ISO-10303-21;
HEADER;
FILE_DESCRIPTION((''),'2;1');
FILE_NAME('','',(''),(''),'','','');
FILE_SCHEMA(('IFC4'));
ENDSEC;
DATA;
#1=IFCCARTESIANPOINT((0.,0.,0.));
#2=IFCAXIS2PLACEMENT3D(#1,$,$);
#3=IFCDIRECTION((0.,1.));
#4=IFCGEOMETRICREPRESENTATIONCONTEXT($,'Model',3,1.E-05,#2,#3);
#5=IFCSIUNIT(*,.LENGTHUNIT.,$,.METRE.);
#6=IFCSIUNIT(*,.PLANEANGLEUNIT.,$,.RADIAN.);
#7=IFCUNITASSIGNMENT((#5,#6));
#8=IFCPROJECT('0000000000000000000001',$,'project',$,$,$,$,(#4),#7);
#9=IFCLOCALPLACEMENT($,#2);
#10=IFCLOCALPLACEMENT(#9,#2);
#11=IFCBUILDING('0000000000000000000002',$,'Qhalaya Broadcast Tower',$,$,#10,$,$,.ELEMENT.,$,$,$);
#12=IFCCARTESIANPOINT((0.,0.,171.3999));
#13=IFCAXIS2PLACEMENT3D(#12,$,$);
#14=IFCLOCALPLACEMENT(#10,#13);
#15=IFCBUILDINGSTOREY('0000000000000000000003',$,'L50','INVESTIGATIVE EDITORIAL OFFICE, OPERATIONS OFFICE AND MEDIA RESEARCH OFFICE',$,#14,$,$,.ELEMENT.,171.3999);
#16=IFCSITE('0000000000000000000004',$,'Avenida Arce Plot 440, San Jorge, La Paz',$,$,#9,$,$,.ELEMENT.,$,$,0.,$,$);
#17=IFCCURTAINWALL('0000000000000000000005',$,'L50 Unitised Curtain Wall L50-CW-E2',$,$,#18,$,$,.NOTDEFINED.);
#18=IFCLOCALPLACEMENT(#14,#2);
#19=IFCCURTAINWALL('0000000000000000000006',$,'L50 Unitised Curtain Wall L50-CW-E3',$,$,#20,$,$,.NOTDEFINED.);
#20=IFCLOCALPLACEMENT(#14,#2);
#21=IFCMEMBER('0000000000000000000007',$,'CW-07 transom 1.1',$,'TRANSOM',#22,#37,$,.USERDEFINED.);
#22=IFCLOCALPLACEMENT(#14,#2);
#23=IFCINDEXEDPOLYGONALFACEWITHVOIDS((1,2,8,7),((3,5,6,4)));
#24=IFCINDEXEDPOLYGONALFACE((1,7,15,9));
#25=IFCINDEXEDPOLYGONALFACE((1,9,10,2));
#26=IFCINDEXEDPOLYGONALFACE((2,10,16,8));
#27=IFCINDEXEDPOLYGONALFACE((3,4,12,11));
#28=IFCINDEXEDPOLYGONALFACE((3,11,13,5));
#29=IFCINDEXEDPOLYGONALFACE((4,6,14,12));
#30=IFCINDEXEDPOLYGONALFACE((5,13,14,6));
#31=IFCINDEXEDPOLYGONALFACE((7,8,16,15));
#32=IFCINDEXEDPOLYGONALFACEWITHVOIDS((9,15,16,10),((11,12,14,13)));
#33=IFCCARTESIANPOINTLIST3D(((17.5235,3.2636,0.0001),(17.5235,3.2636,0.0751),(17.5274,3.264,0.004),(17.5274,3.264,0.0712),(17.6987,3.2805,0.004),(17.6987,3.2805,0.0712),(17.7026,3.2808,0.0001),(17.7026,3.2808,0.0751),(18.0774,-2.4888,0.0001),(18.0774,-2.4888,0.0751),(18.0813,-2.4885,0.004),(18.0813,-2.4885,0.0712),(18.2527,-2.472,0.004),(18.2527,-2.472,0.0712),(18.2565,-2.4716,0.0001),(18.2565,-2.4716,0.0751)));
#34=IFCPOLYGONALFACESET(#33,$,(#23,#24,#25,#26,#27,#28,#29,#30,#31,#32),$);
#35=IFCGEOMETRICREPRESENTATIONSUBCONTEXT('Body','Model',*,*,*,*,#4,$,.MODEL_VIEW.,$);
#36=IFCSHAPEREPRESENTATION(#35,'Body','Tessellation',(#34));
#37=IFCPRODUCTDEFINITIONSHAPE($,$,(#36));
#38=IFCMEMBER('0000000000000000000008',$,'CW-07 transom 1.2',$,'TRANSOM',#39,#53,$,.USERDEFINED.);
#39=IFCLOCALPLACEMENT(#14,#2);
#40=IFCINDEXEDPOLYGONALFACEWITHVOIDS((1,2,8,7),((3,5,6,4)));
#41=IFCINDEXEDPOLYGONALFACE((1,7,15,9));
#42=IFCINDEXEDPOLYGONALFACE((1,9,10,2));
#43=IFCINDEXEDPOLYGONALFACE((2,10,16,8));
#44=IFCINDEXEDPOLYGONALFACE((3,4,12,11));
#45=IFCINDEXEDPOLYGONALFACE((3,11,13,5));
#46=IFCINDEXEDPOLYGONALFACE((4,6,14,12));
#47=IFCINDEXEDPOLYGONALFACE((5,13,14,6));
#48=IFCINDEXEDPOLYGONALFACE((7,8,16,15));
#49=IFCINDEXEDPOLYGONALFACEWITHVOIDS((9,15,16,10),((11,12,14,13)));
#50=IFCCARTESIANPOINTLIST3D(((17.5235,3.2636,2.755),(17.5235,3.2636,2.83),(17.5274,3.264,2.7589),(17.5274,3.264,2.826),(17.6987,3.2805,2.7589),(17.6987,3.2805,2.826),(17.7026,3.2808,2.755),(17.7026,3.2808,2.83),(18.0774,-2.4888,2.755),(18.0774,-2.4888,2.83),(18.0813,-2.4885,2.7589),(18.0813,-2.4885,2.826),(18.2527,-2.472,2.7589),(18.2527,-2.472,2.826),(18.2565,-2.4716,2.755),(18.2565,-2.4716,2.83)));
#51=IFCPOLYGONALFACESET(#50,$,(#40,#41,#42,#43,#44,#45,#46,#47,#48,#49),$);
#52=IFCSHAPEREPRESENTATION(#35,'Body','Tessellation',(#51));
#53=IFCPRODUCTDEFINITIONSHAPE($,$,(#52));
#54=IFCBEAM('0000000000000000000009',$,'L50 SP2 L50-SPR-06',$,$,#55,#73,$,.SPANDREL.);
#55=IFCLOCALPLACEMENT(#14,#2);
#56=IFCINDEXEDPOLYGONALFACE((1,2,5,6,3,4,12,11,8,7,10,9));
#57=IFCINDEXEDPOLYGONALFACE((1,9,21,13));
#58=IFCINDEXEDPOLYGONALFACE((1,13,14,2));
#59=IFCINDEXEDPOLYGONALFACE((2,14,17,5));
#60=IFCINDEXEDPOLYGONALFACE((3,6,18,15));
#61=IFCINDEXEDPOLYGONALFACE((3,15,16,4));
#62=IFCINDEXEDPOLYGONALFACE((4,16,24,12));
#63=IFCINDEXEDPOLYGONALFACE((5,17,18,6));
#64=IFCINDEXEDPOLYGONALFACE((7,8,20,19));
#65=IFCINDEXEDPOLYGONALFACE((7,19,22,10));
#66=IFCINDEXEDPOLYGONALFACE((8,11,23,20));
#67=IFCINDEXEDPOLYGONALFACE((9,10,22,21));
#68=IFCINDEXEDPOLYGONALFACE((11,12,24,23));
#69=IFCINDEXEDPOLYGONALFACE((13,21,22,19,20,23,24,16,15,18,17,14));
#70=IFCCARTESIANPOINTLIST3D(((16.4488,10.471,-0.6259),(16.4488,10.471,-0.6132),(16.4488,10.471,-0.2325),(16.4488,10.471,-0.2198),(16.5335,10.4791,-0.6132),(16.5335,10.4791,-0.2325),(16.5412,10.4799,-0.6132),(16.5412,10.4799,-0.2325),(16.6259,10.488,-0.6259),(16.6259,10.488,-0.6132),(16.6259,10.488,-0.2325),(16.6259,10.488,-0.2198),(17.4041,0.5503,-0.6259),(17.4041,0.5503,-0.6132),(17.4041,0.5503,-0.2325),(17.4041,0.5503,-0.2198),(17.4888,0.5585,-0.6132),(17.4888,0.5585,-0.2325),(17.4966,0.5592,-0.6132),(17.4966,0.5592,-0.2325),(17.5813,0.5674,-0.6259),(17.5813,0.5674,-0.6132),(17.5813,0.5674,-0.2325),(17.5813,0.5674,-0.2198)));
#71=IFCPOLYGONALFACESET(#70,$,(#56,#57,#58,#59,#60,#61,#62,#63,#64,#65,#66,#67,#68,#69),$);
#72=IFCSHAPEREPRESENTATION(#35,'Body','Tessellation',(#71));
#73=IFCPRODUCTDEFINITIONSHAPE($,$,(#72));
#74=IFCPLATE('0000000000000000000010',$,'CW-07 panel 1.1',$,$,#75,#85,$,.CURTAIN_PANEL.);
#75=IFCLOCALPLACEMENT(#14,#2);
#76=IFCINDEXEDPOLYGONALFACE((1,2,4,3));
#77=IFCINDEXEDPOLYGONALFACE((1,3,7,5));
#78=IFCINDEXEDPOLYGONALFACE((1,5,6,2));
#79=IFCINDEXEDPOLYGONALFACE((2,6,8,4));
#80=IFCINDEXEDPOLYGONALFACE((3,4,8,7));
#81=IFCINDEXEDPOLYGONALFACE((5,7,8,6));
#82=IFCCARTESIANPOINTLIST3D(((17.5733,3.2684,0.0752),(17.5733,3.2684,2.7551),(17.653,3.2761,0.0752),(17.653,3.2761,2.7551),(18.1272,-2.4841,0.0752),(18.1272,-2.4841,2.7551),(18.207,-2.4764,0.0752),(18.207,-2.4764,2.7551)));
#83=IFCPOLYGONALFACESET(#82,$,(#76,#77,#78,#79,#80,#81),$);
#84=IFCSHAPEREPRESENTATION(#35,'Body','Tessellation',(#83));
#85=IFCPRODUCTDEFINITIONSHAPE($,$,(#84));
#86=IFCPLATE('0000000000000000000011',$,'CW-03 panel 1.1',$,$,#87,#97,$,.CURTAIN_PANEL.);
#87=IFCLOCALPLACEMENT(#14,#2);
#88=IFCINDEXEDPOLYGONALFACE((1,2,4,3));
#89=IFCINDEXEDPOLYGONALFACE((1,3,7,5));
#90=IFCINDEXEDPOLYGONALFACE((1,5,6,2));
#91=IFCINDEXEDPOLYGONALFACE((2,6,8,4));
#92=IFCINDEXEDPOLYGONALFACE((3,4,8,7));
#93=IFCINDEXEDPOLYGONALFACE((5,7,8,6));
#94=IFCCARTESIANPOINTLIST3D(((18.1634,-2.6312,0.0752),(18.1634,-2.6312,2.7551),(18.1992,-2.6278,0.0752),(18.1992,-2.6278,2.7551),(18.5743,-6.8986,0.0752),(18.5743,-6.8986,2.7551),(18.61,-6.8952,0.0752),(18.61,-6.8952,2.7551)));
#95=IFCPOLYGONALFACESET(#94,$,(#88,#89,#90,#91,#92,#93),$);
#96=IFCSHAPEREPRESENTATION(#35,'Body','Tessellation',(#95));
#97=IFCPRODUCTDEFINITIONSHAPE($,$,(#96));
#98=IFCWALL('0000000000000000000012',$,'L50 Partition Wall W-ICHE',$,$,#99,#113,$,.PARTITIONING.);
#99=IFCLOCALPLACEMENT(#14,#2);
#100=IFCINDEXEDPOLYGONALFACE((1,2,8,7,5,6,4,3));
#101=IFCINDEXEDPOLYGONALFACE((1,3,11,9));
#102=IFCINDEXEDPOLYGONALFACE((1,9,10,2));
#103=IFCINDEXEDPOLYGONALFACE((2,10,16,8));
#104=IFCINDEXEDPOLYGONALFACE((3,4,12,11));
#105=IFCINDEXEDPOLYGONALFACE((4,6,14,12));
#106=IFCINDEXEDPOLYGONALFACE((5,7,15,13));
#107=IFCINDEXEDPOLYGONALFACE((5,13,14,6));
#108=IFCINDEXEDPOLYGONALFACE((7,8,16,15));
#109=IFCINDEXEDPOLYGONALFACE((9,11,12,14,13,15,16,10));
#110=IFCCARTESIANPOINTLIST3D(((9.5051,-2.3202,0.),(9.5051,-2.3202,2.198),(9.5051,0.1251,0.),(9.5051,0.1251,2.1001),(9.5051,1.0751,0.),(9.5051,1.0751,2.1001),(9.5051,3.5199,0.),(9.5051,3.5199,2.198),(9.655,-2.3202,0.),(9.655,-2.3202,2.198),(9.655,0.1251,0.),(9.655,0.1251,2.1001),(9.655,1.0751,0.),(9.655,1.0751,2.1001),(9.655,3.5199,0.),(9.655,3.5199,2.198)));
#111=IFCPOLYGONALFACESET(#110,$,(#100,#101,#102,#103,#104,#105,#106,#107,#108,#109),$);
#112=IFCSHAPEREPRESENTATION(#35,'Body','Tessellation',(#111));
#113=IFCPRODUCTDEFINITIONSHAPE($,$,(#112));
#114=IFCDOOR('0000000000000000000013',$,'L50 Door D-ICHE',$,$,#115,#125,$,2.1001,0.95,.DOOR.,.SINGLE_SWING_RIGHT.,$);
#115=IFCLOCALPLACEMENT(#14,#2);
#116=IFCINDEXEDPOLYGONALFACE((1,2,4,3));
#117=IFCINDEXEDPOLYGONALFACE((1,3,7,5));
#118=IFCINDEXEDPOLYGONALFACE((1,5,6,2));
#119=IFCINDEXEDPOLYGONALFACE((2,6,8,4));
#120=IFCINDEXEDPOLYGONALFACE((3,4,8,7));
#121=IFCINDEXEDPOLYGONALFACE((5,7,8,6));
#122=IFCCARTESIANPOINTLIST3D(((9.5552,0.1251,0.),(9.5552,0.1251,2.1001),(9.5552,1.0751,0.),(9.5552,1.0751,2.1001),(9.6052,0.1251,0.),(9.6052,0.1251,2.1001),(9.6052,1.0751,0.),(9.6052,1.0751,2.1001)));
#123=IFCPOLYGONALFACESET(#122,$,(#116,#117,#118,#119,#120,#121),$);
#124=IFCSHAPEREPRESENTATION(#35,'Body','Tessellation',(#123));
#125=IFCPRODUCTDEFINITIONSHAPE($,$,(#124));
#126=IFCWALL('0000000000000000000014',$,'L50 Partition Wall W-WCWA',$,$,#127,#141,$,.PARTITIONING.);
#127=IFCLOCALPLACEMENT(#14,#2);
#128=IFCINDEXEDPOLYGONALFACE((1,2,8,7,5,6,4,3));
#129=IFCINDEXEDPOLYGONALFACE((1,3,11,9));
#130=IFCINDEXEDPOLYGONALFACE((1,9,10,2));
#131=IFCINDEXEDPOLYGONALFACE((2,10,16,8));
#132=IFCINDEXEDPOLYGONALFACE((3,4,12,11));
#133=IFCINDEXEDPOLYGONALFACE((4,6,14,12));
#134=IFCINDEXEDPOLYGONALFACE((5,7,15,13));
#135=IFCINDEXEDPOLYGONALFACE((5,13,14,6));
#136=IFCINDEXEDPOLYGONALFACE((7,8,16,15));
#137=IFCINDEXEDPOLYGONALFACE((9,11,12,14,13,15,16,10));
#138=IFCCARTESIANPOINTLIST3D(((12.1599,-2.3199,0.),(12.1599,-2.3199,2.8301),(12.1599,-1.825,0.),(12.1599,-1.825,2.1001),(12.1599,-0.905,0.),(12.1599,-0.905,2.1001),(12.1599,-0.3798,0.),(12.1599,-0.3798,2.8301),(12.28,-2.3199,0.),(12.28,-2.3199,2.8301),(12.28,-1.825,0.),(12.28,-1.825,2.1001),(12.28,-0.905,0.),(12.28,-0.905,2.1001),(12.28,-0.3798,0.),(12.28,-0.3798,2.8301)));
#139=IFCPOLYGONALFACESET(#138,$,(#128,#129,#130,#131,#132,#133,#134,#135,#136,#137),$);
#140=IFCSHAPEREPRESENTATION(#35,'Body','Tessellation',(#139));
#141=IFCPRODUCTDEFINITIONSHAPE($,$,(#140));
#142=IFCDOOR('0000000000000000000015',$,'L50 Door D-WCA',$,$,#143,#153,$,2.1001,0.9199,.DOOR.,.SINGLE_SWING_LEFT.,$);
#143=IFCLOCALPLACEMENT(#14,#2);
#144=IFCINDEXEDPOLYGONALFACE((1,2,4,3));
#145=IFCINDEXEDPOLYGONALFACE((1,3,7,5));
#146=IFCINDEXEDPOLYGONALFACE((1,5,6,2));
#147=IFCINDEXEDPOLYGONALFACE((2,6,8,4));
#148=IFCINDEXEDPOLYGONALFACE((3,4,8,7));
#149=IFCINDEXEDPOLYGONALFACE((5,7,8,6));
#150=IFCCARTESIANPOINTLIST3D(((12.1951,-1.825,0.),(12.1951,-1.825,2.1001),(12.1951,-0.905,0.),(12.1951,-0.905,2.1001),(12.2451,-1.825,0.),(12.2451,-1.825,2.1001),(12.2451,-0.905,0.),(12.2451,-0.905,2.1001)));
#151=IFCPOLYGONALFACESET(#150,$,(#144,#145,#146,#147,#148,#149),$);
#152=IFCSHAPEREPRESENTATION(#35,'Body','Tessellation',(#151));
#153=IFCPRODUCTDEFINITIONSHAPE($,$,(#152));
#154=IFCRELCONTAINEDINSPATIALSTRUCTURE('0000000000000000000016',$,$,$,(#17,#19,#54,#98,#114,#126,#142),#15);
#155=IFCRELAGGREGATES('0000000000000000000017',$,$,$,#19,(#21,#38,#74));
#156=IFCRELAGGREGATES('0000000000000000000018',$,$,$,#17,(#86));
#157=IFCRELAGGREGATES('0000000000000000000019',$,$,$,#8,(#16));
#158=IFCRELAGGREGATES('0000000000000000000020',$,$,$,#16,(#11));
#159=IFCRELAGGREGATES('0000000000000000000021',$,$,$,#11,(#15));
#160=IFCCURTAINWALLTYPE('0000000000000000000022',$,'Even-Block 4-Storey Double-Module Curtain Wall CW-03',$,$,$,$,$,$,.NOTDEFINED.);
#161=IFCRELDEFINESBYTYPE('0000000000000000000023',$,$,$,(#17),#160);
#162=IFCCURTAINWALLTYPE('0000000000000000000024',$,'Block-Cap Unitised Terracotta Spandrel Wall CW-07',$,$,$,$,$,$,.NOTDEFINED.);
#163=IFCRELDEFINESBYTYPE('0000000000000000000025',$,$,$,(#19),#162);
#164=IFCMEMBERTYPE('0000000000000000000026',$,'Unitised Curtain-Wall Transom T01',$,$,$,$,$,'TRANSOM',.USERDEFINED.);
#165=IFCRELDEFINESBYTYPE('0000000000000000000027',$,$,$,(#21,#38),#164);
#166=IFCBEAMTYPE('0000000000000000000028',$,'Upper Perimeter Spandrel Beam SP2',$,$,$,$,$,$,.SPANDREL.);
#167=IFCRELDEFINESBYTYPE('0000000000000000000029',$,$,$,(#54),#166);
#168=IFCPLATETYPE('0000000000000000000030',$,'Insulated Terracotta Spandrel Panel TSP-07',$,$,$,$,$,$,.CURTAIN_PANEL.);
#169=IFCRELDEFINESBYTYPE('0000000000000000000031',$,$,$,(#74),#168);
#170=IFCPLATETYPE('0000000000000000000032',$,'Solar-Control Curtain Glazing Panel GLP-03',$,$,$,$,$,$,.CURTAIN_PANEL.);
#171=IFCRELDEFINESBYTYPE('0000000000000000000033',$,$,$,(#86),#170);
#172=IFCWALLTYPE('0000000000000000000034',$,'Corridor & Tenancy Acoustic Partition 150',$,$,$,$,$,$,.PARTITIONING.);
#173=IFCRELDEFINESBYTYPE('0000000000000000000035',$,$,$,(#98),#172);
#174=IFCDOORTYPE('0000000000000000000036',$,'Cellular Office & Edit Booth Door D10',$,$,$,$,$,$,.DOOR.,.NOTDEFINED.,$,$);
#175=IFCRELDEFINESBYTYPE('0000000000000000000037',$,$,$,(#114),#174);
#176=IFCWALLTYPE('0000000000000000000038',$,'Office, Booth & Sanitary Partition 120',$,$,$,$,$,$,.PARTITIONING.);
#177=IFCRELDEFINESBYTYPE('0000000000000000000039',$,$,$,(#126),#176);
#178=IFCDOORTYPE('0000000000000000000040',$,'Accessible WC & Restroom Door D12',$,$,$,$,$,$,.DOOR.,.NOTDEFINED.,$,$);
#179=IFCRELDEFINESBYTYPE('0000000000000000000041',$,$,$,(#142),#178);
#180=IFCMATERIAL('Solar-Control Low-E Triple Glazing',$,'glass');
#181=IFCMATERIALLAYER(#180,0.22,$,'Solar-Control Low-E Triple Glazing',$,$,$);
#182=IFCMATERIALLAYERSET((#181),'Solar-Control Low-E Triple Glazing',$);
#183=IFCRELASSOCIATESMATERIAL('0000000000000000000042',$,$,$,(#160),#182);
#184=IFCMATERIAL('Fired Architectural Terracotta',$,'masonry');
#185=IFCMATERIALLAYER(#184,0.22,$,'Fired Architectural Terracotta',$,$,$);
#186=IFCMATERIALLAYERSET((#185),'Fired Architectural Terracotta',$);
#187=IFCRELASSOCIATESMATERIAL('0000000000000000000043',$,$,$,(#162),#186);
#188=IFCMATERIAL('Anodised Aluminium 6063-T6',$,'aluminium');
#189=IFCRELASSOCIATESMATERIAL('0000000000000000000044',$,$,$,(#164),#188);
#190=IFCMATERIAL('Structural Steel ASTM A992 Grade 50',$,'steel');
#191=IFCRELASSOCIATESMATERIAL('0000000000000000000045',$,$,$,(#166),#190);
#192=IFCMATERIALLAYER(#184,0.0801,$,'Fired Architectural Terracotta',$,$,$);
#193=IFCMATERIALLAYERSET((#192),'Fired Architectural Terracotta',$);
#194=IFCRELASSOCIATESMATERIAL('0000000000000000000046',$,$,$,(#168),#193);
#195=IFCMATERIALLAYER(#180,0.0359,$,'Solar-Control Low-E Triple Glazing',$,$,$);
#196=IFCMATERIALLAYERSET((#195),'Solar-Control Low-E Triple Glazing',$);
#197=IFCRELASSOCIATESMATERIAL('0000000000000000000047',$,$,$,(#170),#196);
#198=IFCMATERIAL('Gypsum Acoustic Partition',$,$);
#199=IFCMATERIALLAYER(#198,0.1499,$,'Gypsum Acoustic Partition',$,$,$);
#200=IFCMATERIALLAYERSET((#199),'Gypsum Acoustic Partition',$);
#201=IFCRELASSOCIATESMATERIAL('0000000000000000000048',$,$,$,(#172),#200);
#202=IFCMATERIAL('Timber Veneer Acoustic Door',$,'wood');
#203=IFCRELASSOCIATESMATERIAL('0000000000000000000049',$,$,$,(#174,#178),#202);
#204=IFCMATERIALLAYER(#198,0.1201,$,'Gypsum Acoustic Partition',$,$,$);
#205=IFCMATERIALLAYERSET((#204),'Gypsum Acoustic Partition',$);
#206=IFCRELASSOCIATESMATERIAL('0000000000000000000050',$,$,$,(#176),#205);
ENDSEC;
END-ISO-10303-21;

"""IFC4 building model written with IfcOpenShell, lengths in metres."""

from ifc_helpers import new_model, si_unit, direction, frame, frame_2d, origin, origin_2d, place, context, subcontext, project, spatial, rectangle, hollow_rectangle, i_section, extrude, material, layer, layer_set, material_profile, profile_set, type_object, element, fill, aggregate, save


model = new_model("IFC4")

# Units and contexts
model_context = context("Model", 3, precision=1e-05, world=origin(), true_north=direction((0.0, 1.0)))
body_context = subcontext(model_context, "Body", "Model", "MODEL_VIEW")
ifc_project = project(units=[si_unit("LENGTHUNIT", "METRE"), si_unit("PLANEANGLEUNIT", "RADIAN")], contexts=[model_context])

# Site, building, storey
site_placement = place(None, origin())
site = spatial("IfcSite", under=ifc_project, at=site_placement, Name="Avenida Arce Plot 440, San Jorge, La Paz", CompositionType="ELEMENT", RefElevation=0.0)
building_placement = place(site_placement, origin())
building = spatial("IfcBuilding", under=site, at=building_placement, Name="Qhalaya Broadcast Tower", CompositionType="ELEMENT")
storey_placement = place(building_placement, frame((0.0, 0.0, 171.3999)))
storey = spatial("IfcBuildingStorey", under=building, at=storey_placement, Name="L50", Description="INVESTIGATIVE EDITORIAL OFFICE, OPERATIONS OFFICE AND MEDIA RESEARCH OFFICE", CompositionType="ELEMENT", Elevation=171.3999)

# Shared definitions
ifc_material_1 = material(Name="Structural Steel ASTM A992 Grade 50", Category="steel")

# Curtain walls
ifc_material_2 = material(Name="Solar-Control Low-E Triple Glazing", Category="glass")
ifc_layer_1 = layer(ifc_material_2, 0.22, Name="Solar-Control Low-E Triple Glazing")
ifc_layer_set_1 = layer_set([ifc_layer_1], Name="Solar-Control Low-E Triple Glazing")
curtain_wall_type_1 = type_object("IfcCurtainWallType", Name="Even-Block 4-Storey Double-Module Curtain Wall CW-03", PredefinedType="NOTDEFINED", material=ifc_layer_set_1)
curtain_wall_1_placement = place(storey_placement, origin())
curtain_wall_1 = element("IfcCurtainWall", 1, at=curtain_wall_1_placement, inside=storey, type_object=curtain_wall_type_1, Name="L50 Unitised Curtain Wall L50-CW-E2", PredefinedType="NOTDEFINED")
ifc_material_3 = material(Name="Anodised Aluminium 6063-T6", Category="aluminium")
ifc_material_4 = material(Name="Fired Architectural Terracotta", Category="masonry")
ifc_layer_2 = layer(ifc_material_4, 0.22, Name="Fired Architectural Terracotta")
ifc_layer_set_2 = layer_set([ifc_layer_2], Name="Fired Architectural Terracotta")
curtain_wall_type_2 = type_object("IfcCurtainWallType", Name="Block-Cap Unitised Terracotta Spandrel Wall CW-07", PredefinedType="NOTDEFINED", material=ifc_layer_set_2)
curtain_wall_2_placement = place(storey_placement, origin())
curtain_wall_2 = element("IfcCurtainWall", 2, at=curtain_wall_2_placement, inside=storey, type_object=curtain_wall_type_2, Name="L50 Unitised Curtain Wall L50-CW-E3", PredefinedType="NOTDEFINED")

# Members
ifc_material_profile_1 = material_profile(ifc_material_3, hollow_rectangle(XDim=0.075, YDim=0.1799, WallThickness=0.0039, at=origin_2d()), Name="ALU-TRN 75x180x4")
ifc_profile_set_1 = profile_set([ifc_material_profile_1], Name="Anodised Aluminium 6063-T6")
member_type_1 = type_object("IfcMemberType", Name="Unitised Curtain-Wall Transom T01", ElementType="TRANSOM", PredefinedType="USERDEFINED", material=ifc_profile_set_1)
member_1_placement = place(storey_placement, frame((18.167, -2.4802, 0.0376), z_axis=(-0.095856, 0.995395, 0.0), x_axis=(0.0, 0.0, 1.0)))
member_1 = element("IfcMember", 3, at=member_1_placement, type_object=member_type_1, Name="CW-07 transom 1.1", ObjectType="TRANSOM", PredefinedType="USERDEFINED", context=body_context, shape_type="SweptSolid", body=[
    extrude(hollow_rectangle(XDim=0.075, YDim=0.1799, WallThickness=0.0039, at=origin_2d()), origin(), (0.0, 0.0, 1.0), 5.7791),
])
member_2_placement = place(storey_placement, frame((18.167, -2.4802, 2.7925), z_axis=(-0.095856, 0.995395, 0.0), x_axis=(0.0, 0.0, 1.0)))
member_2 = element("IfcMember", 4, at=member_2_placement, type_object=member_type_1, Name="CW-07 transom 1.2", ObjectType="TRANSOM", PredefinedType="USERDEFINED", context=body_context, shape_type="SweptSolid", body=[
    extrude(hollow_rectangle(XDim=0.075, YDim=0.1799, WallThickness=0.0039, at=origin_2d()), origin(), (0.0, 0.0, 1.0), 5.7791),
])

# Beam
ifc_material_profile_2 = material_profile(ifc_material_1, i_section(OverallWidth=0.178, OverallDepth=0.406, WebThickness=0.0078, FlangeThickness=0.0127, at=origin_2d()), Name="W16X40")
ifc_profile_set_2 = profile_set([ifc_material_profile_2], Name="Structural Steel ASTM A992 Grade 50")
beam_type_1 = type_object("IfcBeamType", Name="Upper Perimeter Spandrel Beam SP2", PredefinedType="SPANDREL", material=ifc_profile_set_2)
beam_1_placement = place(storey_placement, frame((17.4927, 0.5588, -0.4229), z_axis=(-0.095853, 0.995396, 0.0), x_axis=(-0.995396, -0.095853, 0.0)))
element("IfcBeam", 5, at=beam_1_placement, inside=storey, type_object=beam_type_1, Name="L50 SP2 L50-SPR-06", PredefinedType="SPANDREL", context=body_context, shape_type="SweptSolid", body=[
    extrude(i_section(OverallWidth=0.178, OverallDepth=0.406, WebThickness=0.0078, FlangeThickness=0.0127, at=origin_2d()), origin(), (0.0, 0.0, 1.0), 9.9666),
])

# Plates
ifc_layer_3 = layer(ifc_material_4, 0.0801, Name="Fired Architectural Terracotta")
ifc_layer_set_3 = layer_set([ifc_layer_3], Name="Fired Architectural Terracotta")
plate_type_1 = type_object("IfcPlateType", Name="Insulated Terracotta Spandrel Panel TSP-07", PredefinedType="CURTAIN_PANEL", material=ifc_layer_set_3)
plate_1_placement = place(storey_placement, frame((17.8901, 0.396, 0.0752), z_axis=(0.0, 0.0, 1.0), x_axis=(-0.095851, 0.995396, 0.0)))
plate_1 = element("IfcPlate", 6, at=plate_1_placement, type_object=plate_type_1, Name="CW-07 panel 1.1", PredefinedType="CURTAIN_PANEL", context=body_context, shape_type="SweptSolid", body=[
    extrude(rectangle(XDim=5.7791, YDim=0.0801, at=origin_2d()), origin(), (0.0, 0.0, 1.0), 2.6799),
])
aggregate(curtain_wall_2, [member_1, member_2, plate_1])
ifc_layer_4 = layer(ifc_material_2, 0.0359, Name="Solar-Control Low-E Triple Glazing")
ifc_layer_set_4 = layer_set([ifc_layer_4], Name="Solar-Control Low-E Triple Glazing")
plate_type_2 = type_object("IfcPlateType", Name="Solar-Control Curtain Glazing Panel GLP-03", PredefinedType="CURTAIN_PANEL", material=ifc_layer_set_4)
plate_2_placement = place(storey_placement, frame((18.3867, -4.7632, 0.0752), z_axis=(0.0, 0.0, 1.0), x_axis=(-0.09583, 0.995398, 0.0)))
plate_2 = element("IfcPlate", 7, at=plate_2_placement, type_object=plate_type_2, Name="CW-03 panel 1.1", PredefinedType="CURTAIN_PANEL", context=body_context, shape_type="SweptSolid", body=[
    extrude(rectangle(XDim=4.2871, YDim=0.0359, at=origin_2d()), origin(), (0.0, 0.0, 1.0), 2.6799),
])
aggregate(curtain_wall_1, [plate_2])

# Walls, openings, doors
ifc_material_5 = material(Name="Gypsum Acoustic Partition")
ifc_layer_5 = layer(ifc_material_5, 0.1499, Name="Gypsum Acoustic Partition")
ifc_layer_set_5 = layer_set([ifc_layer_5], Name="Gypsum Acoustic Partition")
wall_type_1 = type_object("IfcWallType", Name="Corridor & Tenancy Acoustic Partition 150", PredefinedType="PARTITIONING", material=ifc_layer_set_5)
wall_1_placement = place(storey_placement, frame((9.5801, -2.3201, 0.0), z_axis=(0.0, 0.0, 1.0), x_axis=(0.0, 1.0, 0.0)))
wall_1 = element("IfcWall", 8, at=wall_1_placement, inside=storey, type_object=wall_type_1, Name="L50 Partition Wall W-ICHE", PredefinedType="PARTITIONING", context=body_context, shape_type="SweptSolid", body=[
    extrude(rectangle(XDim=5.8401, YDim=0.1499, at=frame_2d((2.9199, 0.0))), origin(), (0.0, 0.0, 1.0), 2.198),
])
opening_1_placement = place(wall_1_placement, frame((2.4451, 0.0, 0.0)))
opening_1 = element("IfcOpeningElement", 9, at=opening_1_placement, cuts=wall_1, PredefinedType="OPENING", context=body_context, shape_type="SweptSolid", body=[
    extrude(rectangle(XDim=0.95, YDim=2.1001, at=frame_2d((0.4751, 1.05))), frame((0.0, 0.0869, 0.0), z_axis=(0.0, -1.0, 0.0), x_axis=(1.0, 0.0, 0.0)), (0.0, 0.0, 1.0), 0.1738),
])
ifc_material_6 = material(Name="Timber Veneer Acoustic Door", Category="wood")
door_type_1 = type_object("IfcDoorType", Name="Cellular Office & Edit Booth Door D10", OperationType="NOTDEFINED", PredefinedType="DOOR", material=ifc_material_6)
door_1_placement = place(opening_1_placement, origin())
door_1 = element("IfcDoor", 10, at=door_1_placement, inside=storey, type_object=door_type_1, Name="L50 Door D-ICHE", OperationType="SINGLE_SWING_RIGHT", OverallHeight=2.1001, OverallWidth=0.95, PredefinedType="DOOR", context=body_context, shape_type="SweptSolid", body=[
    extrude(rectangle(XDim=0.95, YDim=2.1001, at=frame_2d((0.4751, 1.05))), frame((0.0, 0.0249, 0.0), z_axis=(0.0, -1.0, 0.0), x_axis=(1.0, 0.0, 0.0)), (0.0, 0.0, 1.0), 0.05),
])
fill(opening_1, door_1)
ifc_layer_6 = layer(ifc_material_5, 0.1201, Name="Gypsum Acoustic Partition")
ifc_layer_set_6 = layer_set([ifc_layer_6], Name="Gypsum Acoustic Partition")
wall_type_2 = type_object("IfcWallType", Name="Office, Booth & Sanitary Partition 120", PredefinedType="PARTITIONING", material=ifc_layer_set_6)
wall_2_placement = place(storey_placement, frame((12.22, -2.3201, 0.0), z_axis=(0.0, 0.0, 1.0), x_axis=(0.0, 1.0, 0.0)))
wall_2 = element("IfcWall", 11, at=wall_2_placement, inside=storey, type_object=wall_type_2, Name="L50 Partition Wall W-WCWA", PredefinedType="PARTITIONING", context=body_context, shape_type="SweptSolid", body=[
    extrude(rectangle(XDim=1.9402, YDim=0.1201, at=frame_2d((0.9702, 0.0))), origin(), (0.0, 0.0, 1.0), 2.8301),
])
opening_2_placement = place(wall_2_placement, frame((0.4951, 0.0, 0.0)))
opening_2 = element("IfcOpeningElement", 12, at=opening_2_placement, cuts=wall_2, PredefinedType="OPENING", context=body_context, shape_type="SweptSolid", body=[
    extrude(rectangle(XDim=0.9199, YDim=2.1001, at=frame_2d((0.46, 1.05))), frame((0.0, 0.072, 0.0), z_axis=(0.0, -1.0, 0.0), x_axis=(1.0, 0.0, 0.0)), (0.0, 0.0, 1.0), 0.144),
])
door_type_2 = type_object("IfcDoorType", Name="Accessible WC & Restroom Door D12", OperationType="NOTDEFINED", PredefinedType="DOOR", material=ifc_material_6)
door_2_placement = place(opening_2_placement, origin())
door_2 = element("IfcDoor", 13, at=door_2_placement, inside=storey, type_object=door_type_2, Name="L50 Door D-WCA", OperationType="SINGLE_SWING_LEFT", OverallHeight=2.1001, OverallWidth=0.9199, PredefinedType="DOOR", context=body_context, shape_type="SweptSolid", body=[
    extrude(rectangle(XDim=0.9199, YDim=2.1001, at=frame_2d((0.46, 1.05))), frame((0.0, 0.0249, 0.0), z_axis=(0.0, -1.0, 0.0), x_axis=(1.0, 0.0, 0.0)), (0.0, 0.0, 1.0), 0.05),
])
fill(opening_2, door_2)

save(model, "model.ifc")
